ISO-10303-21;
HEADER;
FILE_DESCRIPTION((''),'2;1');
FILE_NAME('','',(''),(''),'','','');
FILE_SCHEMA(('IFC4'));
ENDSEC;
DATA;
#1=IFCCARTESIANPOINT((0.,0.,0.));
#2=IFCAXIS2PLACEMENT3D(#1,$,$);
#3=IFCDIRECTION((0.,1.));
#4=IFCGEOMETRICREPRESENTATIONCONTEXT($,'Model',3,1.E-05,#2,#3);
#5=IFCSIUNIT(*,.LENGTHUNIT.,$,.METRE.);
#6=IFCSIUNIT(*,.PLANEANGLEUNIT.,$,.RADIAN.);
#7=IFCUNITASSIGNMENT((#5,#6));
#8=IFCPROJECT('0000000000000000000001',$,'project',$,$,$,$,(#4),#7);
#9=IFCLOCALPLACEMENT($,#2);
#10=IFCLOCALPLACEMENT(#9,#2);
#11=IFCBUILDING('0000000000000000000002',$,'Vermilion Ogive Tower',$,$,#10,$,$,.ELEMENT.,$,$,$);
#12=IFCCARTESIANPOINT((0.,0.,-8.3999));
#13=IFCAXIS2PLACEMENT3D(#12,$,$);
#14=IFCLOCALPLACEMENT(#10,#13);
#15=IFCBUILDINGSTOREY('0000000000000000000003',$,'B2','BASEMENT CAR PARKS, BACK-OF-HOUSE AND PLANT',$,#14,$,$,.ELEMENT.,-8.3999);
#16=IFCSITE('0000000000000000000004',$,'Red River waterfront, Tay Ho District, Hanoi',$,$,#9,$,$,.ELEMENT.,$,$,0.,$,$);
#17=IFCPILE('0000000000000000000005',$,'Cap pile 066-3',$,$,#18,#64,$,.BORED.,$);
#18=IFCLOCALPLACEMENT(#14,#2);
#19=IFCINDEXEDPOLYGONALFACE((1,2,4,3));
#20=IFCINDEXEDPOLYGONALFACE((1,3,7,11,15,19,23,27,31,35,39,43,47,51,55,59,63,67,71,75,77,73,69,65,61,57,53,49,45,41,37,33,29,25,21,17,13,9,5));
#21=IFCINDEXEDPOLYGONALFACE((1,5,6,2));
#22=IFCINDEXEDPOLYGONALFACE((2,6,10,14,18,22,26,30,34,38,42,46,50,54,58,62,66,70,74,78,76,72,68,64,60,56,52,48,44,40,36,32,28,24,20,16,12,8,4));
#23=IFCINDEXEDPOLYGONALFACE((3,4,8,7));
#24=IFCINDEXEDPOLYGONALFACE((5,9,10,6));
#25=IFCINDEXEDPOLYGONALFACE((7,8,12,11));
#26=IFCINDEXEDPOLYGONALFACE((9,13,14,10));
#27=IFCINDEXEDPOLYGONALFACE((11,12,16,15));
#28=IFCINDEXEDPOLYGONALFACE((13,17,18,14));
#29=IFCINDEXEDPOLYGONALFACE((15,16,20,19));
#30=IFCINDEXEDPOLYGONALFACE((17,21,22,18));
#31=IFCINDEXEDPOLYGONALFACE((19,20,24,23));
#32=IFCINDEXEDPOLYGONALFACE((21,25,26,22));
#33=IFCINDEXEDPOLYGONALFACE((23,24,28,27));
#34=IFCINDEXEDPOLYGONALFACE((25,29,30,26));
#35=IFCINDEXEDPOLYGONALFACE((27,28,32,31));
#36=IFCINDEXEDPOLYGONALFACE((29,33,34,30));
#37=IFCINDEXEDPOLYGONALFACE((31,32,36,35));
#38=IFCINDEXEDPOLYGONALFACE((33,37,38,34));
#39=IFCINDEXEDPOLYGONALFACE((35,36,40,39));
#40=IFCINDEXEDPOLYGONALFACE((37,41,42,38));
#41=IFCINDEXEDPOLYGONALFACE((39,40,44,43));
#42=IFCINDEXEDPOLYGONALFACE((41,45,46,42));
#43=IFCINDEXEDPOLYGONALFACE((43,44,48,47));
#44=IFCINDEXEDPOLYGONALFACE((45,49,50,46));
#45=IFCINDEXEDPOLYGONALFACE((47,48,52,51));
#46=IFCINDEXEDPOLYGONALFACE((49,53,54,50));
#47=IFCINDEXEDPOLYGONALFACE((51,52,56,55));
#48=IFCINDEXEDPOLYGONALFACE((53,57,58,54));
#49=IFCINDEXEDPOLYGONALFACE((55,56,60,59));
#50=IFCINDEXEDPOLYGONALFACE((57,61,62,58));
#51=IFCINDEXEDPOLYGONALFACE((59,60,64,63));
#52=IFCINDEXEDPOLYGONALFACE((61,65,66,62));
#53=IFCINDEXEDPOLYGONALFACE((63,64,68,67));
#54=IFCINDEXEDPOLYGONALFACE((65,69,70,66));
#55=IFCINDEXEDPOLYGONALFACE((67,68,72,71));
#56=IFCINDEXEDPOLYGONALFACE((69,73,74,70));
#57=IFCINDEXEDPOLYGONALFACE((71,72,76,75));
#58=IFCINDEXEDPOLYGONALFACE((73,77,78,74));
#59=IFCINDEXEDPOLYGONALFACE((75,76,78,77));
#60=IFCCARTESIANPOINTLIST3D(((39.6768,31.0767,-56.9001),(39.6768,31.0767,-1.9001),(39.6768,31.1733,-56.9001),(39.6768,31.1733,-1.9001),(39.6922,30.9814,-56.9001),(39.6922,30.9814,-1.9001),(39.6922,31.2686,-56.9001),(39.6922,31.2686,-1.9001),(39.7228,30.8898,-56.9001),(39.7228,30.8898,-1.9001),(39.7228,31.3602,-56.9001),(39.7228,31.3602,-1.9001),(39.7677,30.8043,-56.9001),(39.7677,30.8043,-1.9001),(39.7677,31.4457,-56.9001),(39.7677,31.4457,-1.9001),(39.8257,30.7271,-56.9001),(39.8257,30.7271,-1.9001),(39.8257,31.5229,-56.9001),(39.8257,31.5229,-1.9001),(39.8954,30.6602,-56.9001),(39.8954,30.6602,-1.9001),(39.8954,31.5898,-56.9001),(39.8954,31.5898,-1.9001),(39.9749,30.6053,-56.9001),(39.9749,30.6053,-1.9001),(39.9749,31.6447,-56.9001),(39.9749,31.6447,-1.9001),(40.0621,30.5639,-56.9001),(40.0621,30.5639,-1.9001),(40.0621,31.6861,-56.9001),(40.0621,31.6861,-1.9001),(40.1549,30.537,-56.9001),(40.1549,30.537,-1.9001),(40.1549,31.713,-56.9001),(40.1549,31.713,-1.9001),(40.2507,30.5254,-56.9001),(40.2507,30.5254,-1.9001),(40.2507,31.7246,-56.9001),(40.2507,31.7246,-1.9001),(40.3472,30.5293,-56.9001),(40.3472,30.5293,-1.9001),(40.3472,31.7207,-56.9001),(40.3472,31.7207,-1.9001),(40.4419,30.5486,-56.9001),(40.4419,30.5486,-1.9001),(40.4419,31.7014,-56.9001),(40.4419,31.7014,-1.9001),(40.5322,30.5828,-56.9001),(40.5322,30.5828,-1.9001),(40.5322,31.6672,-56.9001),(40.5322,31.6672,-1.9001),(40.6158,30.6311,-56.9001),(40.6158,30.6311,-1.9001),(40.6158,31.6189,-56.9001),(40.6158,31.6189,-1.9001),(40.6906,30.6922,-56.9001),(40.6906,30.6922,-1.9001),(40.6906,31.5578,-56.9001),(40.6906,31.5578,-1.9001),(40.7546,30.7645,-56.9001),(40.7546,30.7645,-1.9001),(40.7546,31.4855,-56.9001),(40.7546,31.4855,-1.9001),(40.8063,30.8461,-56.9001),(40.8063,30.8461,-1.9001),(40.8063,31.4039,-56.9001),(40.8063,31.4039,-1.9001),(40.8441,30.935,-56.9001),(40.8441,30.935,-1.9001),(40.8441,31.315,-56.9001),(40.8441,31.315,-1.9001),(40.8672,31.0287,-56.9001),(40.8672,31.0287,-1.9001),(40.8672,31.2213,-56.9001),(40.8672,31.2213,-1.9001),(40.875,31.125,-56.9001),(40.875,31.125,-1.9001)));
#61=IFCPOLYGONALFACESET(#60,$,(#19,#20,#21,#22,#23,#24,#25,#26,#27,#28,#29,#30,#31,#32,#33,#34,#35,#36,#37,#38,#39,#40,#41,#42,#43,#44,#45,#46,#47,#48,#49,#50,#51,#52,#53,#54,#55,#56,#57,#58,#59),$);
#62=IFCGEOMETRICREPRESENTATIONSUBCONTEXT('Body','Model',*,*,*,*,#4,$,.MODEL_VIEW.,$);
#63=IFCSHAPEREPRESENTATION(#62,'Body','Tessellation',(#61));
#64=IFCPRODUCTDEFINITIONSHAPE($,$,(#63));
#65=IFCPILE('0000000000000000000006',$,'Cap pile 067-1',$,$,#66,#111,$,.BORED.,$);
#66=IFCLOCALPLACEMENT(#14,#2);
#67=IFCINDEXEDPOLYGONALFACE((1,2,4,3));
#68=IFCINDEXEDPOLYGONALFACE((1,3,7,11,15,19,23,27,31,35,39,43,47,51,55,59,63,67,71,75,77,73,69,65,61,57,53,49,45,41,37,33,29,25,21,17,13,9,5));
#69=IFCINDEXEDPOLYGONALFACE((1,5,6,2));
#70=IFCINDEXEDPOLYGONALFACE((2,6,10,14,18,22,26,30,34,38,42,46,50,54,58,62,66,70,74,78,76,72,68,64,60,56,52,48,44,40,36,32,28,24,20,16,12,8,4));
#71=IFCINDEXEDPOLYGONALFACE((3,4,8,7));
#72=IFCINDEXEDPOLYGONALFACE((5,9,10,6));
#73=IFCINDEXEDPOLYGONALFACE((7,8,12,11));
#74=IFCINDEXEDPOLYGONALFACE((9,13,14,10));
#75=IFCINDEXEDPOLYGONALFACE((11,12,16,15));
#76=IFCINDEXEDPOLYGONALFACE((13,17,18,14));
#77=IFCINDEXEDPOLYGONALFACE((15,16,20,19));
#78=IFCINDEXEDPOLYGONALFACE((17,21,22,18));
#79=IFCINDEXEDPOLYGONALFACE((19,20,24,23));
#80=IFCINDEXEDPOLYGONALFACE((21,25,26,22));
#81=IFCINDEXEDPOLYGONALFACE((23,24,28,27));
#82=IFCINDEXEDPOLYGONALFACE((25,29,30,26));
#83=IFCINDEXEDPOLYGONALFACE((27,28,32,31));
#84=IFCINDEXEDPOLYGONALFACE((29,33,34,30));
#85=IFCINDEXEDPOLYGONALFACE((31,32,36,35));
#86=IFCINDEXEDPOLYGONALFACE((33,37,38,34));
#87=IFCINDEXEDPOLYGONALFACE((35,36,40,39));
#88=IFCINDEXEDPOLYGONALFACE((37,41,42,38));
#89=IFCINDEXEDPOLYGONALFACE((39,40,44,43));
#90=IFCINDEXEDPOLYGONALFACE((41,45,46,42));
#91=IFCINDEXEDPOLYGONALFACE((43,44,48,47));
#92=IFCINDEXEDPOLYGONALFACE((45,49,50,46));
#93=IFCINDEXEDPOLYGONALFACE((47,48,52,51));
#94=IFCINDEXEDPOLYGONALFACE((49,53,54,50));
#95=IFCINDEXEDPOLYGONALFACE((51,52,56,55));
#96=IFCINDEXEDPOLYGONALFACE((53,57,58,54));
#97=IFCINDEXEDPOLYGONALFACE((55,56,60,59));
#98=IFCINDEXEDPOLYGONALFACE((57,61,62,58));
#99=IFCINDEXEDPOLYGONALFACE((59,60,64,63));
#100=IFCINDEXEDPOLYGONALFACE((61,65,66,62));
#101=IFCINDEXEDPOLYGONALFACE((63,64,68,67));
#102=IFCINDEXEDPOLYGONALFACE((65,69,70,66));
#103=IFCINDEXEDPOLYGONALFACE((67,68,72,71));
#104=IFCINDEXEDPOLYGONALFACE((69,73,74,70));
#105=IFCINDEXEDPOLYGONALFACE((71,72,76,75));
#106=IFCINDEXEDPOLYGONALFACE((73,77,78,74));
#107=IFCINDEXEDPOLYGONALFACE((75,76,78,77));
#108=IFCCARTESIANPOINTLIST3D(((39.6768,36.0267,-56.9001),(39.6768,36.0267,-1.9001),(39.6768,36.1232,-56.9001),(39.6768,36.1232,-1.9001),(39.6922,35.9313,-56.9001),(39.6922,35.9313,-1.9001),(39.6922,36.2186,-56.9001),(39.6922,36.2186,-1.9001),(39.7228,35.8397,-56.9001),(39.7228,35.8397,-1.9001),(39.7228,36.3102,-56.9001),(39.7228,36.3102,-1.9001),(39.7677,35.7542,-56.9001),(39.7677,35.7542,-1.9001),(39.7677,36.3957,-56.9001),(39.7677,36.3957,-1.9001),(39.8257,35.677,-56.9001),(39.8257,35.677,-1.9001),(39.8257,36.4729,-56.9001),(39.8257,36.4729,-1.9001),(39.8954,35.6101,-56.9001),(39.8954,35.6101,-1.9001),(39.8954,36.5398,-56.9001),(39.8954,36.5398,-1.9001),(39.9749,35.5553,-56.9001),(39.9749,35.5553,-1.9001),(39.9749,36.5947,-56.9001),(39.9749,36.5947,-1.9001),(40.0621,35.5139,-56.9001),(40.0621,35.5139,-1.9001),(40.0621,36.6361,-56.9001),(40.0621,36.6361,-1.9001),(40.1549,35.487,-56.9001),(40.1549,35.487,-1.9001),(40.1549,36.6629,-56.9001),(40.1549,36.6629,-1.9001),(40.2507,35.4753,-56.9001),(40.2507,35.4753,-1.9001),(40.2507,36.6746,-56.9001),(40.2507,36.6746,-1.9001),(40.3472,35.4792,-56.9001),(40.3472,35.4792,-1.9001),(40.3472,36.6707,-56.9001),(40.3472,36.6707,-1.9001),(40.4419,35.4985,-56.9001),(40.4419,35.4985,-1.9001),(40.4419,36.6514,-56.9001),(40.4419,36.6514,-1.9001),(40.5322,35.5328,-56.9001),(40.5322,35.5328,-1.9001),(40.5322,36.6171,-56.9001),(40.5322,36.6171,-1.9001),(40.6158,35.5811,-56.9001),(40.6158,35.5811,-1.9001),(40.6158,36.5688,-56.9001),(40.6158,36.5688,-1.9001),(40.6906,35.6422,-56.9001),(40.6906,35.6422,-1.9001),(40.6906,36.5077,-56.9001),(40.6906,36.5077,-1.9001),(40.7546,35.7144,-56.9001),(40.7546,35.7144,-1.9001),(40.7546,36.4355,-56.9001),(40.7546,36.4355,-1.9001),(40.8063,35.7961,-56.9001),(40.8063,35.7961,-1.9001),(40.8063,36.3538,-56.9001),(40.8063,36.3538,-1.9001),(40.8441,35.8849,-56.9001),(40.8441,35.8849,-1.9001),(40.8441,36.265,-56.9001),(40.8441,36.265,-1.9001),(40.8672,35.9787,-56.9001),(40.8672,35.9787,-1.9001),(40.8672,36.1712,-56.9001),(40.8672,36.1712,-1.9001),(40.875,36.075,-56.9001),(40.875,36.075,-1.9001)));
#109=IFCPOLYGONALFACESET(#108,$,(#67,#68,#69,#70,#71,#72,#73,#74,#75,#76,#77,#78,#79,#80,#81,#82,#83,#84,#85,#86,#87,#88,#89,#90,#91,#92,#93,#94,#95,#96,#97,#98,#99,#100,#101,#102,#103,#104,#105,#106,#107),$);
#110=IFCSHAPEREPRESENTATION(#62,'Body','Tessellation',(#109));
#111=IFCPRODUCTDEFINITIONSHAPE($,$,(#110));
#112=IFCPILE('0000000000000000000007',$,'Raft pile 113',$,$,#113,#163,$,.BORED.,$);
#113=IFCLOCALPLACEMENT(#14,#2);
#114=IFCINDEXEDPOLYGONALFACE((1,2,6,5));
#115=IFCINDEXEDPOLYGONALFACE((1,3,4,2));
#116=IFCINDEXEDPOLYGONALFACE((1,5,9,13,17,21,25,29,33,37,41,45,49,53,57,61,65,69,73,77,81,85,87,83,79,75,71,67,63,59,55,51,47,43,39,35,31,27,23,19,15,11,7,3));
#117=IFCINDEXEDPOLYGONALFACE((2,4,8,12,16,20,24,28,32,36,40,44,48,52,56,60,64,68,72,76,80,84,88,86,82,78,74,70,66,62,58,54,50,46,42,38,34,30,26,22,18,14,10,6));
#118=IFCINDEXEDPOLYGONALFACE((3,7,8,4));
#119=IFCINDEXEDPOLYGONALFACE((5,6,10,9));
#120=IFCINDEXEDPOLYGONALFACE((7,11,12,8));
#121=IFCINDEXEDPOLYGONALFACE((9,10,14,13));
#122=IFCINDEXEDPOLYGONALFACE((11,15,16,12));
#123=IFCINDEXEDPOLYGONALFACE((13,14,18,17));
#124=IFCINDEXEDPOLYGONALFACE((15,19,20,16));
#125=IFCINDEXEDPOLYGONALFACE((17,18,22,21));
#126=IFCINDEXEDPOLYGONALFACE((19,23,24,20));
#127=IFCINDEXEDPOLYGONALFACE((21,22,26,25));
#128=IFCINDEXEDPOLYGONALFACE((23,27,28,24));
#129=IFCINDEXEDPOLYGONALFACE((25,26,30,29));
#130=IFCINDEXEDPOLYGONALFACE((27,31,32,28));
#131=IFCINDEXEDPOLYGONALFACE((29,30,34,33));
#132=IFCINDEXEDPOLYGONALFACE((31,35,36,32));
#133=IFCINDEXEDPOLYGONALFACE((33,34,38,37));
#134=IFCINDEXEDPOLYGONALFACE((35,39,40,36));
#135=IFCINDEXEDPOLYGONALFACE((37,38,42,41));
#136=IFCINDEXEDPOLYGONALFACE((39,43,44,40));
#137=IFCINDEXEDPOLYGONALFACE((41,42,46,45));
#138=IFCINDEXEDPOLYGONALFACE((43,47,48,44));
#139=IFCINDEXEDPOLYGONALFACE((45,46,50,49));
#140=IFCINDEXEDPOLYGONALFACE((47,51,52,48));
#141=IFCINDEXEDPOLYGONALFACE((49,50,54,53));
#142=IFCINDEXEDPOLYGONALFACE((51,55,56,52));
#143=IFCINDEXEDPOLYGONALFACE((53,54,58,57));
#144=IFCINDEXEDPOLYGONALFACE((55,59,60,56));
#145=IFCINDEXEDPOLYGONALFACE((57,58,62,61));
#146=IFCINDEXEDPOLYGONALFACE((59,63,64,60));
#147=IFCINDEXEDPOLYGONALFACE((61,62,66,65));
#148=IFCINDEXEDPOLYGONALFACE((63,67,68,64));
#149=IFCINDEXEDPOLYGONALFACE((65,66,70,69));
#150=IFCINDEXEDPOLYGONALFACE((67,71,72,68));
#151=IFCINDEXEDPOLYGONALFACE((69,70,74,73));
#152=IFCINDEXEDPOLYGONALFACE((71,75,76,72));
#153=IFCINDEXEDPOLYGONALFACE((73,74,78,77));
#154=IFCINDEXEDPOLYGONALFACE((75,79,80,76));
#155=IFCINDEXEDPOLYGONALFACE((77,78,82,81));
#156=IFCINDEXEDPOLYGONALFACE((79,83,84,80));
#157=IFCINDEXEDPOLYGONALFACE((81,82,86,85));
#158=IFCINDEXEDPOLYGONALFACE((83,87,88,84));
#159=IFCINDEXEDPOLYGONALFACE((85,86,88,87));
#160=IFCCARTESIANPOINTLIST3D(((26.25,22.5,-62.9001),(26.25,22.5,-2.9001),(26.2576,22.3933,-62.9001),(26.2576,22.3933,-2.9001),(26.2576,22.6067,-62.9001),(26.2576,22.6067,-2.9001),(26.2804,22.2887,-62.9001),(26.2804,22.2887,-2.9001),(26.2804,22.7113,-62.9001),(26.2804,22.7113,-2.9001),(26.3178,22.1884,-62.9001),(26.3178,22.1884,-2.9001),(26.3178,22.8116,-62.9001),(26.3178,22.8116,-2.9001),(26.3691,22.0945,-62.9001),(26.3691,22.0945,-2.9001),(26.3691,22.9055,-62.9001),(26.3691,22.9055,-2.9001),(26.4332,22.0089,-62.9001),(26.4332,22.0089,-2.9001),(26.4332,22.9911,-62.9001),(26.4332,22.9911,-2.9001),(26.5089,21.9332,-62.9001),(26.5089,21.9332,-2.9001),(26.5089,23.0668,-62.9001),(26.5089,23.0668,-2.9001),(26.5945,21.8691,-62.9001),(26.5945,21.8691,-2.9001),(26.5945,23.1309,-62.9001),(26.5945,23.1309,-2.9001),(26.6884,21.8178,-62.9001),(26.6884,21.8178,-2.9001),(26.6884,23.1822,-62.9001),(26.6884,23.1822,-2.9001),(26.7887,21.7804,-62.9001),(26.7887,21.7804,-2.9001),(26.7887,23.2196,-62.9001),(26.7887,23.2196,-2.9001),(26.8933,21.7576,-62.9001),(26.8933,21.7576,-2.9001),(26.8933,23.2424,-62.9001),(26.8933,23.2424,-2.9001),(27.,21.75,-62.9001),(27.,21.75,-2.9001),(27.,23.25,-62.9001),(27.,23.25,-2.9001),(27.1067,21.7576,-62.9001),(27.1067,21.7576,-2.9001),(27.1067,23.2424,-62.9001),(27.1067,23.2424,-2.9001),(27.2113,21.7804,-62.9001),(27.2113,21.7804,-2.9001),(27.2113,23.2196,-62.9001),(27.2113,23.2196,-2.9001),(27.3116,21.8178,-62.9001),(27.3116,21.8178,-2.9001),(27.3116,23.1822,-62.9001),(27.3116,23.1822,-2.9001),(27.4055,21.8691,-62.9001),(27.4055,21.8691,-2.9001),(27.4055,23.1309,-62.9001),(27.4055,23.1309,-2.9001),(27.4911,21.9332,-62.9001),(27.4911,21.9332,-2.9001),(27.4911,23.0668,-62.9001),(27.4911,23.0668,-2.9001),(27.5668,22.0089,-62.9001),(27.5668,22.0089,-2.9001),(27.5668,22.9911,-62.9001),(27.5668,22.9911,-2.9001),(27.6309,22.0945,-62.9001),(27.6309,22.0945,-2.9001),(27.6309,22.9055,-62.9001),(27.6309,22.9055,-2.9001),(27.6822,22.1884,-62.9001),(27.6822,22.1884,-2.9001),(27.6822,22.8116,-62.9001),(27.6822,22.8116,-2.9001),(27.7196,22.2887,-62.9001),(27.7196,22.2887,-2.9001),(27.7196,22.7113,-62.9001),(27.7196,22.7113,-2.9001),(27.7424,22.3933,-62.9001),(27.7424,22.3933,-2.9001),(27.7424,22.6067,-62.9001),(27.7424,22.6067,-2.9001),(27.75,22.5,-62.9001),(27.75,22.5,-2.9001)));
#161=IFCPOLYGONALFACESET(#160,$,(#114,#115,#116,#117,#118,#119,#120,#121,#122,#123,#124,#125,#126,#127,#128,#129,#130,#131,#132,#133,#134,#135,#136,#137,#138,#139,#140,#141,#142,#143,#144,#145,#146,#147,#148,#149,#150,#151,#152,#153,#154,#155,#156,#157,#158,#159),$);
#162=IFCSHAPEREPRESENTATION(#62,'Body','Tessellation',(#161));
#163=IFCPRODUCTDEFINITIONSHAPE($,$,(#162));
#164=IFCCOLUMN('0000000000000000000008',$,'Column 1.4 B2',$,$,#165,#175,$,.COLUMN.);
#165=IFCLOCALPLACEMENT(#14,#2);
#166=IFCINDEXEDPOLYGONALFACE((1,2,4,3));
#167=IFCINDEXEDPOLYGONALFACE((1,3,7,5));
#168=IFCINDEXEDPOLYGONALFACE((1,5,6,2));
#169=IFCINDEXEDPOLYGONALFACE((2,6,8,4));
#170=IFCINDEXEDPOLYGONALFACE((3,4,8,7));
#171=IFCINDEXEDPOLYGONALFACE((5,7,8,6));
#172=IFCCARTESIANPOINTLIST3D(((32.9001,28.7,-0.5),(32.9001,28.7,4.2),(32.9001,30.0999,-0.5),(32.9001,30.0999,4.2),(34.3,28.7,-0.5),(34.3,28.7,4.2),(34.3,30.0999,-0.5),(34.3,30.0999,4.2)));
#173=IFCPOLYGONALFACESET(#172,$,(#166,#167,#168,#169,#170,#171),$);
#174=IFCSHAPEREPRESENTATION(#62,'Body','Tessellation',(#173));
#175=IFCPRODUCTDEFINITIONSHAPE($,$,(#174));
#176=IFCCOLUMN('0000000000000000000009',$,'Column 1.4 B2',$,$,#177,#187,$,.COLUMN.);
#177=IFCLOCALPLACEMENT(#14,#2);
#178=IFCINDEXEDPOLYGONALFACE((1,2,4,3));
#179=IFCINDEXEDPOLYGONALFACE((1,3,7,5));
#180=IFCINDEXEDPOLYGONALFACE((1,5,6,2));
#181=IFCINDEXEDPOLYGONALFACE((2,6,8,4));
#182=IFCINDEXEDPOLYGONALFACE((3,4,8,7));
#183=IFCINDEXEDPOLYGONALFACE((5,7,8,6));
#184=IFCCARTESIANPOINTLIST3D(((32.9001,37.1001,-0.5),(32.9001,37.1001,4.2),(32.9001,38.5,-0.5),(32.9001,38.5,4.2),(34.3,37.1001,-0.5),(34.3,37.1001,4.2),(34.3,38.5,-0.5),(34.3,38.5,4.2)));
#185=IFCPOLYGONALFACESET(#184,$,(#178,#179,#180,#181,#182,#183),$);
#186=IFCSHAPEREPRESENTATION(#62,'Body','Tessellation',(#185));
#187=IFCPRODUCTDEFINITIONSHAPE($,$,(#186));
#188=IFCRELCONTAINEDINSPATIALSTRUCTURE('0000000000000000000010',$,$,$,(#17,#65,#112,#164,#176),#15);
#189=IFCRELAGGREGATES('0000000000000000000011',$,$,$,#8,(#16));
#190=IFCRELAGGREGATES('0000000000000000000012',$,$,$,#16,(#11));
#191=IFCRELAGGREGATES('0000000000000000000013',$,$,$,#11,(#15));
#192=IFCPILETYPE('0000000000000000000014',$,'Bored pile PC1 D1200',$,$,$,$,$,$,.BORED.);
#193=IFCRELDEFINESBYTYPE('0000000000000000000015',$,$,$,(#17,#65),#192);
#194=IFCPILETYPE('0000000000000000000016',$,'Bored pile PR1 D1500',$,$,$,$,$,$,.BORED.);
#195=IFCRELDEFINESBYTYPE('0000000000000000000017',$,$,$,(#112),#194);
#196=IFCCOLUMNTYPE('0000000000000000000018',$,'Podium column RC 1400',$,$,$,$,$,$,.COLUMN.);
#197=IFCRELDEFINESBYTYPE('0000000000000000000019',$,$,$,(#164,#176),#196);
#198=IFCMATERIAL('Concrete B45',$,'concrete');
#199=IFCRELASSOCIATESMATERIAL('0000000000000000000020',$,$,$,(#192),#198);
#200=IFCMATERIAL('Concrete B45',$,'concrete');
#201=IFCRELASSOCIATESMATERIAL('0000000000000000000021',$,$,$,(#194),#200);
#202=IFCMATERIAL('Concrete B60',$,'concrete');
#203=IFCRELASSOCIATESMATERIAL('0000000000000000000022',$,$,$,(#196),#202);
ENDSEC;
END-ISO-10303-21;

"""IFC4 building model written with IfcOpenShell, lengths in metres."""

from ifc_helpers import new_model, si_unit, direction, frame, origin, origin_2d, place, context, subcontext, project, spatial, rectangle, circle, extrude, material, material_profile, profile_set, type_object, element, save


model = new_model("IFC4")

# Units and contexts
model_context = context("Model", 3, precision=1e-05, world=origin(), true_north=direction((0.0, 1.0)))
body_context = subcontext(model_context, "Body", "Model", "MODEL_VIEW")
ifc_project = project(units=[si_unit("LENGTHUNIT", "METRE"), si_unit("PLANEANGLEUNIT", "RADIAN")], contexts=[model_context])

# Site, building, storey
site_placement = place(None, origin())
site = spatial("IfcSite", under=ifc_project, at=site_placement, Name="Red River waterfront, Tay Ho District, Hanoi", CompositionType="ELEMENT", RefElevation=0.0)
building_placement = place(site_placement, origin())
building = spatial("IfcBuilding", under=site, at=building_placement, Name="Vermilion Ogive Tower", CompositionType="ELEMENT")
storey_placement = place(building_placement, frame((0.0, 0.0, -8.3999)))
storey = spatial("IfcBuildingStorey", under=building, at=storey_placement, Name="B2", Description="BASEMENT CAR PARKS, BACK-OF-HOUSE AND PLANT", CompositionType="ELEMENT", Elevation=-8.3999)

# Piles
ifc_material_1 = material(Name="Concrete B45", Category="concrete")
pile_type_1 = type_object("IfcPileType", Name="Bored pile PC1 D1200", PredefinedType="BORED", material=ifc_material_1)
for number, where, z_axis, x_axis, name in (
    (1, (40.2749, 31.125, -1.9001), (0.0, 0.0, -1.0), (1.0, 0.0, 0.0), "Cap pile 066-3"),
    (2, (40.2749, 36.075, -1.9001), (0.0, 0.0, -1.0), (1.0, 0.0, 0.0), "Cap pile 067-1"),
):
    element("IfcPile", number, at=place(storey_placement, frame(where, z_axis=z_axis, x_axis=x_axis)), inside=storey, type_object=pile_type_1, Name=name, PredefinedType="BORED", context=body_context, shape_type="SweptSolid", body=[
        extrude(circle(Radius=0.6001, at=origin_2d()), origin(), (0.0, 0.0, 1.0), 55.0),
    ])
ifc_material_2 = material(Name="Concrete B45", Category="concrete")
pile_type_2 = type_object("IfcPileType", Name="Bored pile PR1 D1500", PredefinedType="BORED", material=ifc_material_2)
pile_placement = place(storey_placement, frame((27.0, 22.5, -2.9001), z_axis=(0.0, 0.0, -1.0), x_axis=(1.0, 0.0, 0.0)))
element("IfcPile", 3, at=pile_placement, inside=storey, type_object=pile_type_2, Name="Raft pile 113", PredefinedType="BORED", context=body_context, shape_type="SweptSolid", body=[
    extrude(circle(Radius=0.75, at=origin_2d()), origin(), (0.0, 0.0, 1.0), 60.0),
])

# Columns
ifc_material_3 = material(Name="Concrete B60", Category="concrete")
ifc_material_profile = material_profile(ifc_material_3, rectangle(XDim=1.3999, YDim=1.3999, at=origin_2d()), Name="RC 1400x1400")
ifc_profile_set = profile_set([ifc_material_profile], Name="Concrete B60")
column_type = type_object("IfcColumnType", Name="Podium column RC 1400", PredefinedType="COLUMN", material=ifc_profile_set)
for number, where, z_axis, x_axis, name in (
    (4, (33.6001, 29.3999, -0.5), (0.0, 0.0, 1.0), (1.0, 0.0, 0.0), "Column 1.4 B2"),
    (5, (33.6001, 37.8, -0.5), (0.0, 0.0, 1.0), (1.0, 0.0, 0.0), "Column 1.4 B2"),
):
    element("IfcColumn", number, at=place(storey_placement, frame(where, z_axis=z_axis, x_axis=x_axis)), inside=storey, type_object=column_type, Name=name, PredefinedType="COLUMN", context=body_context, shape_type="SweptSolid", body=[
        extrude(rectangle(XDim=1.3999, YDim=1.3999, at=origin_2d()), origin(), (0.0, 0.0, 1.0), 4.7),
    ])

save(model, "model.ifc")
